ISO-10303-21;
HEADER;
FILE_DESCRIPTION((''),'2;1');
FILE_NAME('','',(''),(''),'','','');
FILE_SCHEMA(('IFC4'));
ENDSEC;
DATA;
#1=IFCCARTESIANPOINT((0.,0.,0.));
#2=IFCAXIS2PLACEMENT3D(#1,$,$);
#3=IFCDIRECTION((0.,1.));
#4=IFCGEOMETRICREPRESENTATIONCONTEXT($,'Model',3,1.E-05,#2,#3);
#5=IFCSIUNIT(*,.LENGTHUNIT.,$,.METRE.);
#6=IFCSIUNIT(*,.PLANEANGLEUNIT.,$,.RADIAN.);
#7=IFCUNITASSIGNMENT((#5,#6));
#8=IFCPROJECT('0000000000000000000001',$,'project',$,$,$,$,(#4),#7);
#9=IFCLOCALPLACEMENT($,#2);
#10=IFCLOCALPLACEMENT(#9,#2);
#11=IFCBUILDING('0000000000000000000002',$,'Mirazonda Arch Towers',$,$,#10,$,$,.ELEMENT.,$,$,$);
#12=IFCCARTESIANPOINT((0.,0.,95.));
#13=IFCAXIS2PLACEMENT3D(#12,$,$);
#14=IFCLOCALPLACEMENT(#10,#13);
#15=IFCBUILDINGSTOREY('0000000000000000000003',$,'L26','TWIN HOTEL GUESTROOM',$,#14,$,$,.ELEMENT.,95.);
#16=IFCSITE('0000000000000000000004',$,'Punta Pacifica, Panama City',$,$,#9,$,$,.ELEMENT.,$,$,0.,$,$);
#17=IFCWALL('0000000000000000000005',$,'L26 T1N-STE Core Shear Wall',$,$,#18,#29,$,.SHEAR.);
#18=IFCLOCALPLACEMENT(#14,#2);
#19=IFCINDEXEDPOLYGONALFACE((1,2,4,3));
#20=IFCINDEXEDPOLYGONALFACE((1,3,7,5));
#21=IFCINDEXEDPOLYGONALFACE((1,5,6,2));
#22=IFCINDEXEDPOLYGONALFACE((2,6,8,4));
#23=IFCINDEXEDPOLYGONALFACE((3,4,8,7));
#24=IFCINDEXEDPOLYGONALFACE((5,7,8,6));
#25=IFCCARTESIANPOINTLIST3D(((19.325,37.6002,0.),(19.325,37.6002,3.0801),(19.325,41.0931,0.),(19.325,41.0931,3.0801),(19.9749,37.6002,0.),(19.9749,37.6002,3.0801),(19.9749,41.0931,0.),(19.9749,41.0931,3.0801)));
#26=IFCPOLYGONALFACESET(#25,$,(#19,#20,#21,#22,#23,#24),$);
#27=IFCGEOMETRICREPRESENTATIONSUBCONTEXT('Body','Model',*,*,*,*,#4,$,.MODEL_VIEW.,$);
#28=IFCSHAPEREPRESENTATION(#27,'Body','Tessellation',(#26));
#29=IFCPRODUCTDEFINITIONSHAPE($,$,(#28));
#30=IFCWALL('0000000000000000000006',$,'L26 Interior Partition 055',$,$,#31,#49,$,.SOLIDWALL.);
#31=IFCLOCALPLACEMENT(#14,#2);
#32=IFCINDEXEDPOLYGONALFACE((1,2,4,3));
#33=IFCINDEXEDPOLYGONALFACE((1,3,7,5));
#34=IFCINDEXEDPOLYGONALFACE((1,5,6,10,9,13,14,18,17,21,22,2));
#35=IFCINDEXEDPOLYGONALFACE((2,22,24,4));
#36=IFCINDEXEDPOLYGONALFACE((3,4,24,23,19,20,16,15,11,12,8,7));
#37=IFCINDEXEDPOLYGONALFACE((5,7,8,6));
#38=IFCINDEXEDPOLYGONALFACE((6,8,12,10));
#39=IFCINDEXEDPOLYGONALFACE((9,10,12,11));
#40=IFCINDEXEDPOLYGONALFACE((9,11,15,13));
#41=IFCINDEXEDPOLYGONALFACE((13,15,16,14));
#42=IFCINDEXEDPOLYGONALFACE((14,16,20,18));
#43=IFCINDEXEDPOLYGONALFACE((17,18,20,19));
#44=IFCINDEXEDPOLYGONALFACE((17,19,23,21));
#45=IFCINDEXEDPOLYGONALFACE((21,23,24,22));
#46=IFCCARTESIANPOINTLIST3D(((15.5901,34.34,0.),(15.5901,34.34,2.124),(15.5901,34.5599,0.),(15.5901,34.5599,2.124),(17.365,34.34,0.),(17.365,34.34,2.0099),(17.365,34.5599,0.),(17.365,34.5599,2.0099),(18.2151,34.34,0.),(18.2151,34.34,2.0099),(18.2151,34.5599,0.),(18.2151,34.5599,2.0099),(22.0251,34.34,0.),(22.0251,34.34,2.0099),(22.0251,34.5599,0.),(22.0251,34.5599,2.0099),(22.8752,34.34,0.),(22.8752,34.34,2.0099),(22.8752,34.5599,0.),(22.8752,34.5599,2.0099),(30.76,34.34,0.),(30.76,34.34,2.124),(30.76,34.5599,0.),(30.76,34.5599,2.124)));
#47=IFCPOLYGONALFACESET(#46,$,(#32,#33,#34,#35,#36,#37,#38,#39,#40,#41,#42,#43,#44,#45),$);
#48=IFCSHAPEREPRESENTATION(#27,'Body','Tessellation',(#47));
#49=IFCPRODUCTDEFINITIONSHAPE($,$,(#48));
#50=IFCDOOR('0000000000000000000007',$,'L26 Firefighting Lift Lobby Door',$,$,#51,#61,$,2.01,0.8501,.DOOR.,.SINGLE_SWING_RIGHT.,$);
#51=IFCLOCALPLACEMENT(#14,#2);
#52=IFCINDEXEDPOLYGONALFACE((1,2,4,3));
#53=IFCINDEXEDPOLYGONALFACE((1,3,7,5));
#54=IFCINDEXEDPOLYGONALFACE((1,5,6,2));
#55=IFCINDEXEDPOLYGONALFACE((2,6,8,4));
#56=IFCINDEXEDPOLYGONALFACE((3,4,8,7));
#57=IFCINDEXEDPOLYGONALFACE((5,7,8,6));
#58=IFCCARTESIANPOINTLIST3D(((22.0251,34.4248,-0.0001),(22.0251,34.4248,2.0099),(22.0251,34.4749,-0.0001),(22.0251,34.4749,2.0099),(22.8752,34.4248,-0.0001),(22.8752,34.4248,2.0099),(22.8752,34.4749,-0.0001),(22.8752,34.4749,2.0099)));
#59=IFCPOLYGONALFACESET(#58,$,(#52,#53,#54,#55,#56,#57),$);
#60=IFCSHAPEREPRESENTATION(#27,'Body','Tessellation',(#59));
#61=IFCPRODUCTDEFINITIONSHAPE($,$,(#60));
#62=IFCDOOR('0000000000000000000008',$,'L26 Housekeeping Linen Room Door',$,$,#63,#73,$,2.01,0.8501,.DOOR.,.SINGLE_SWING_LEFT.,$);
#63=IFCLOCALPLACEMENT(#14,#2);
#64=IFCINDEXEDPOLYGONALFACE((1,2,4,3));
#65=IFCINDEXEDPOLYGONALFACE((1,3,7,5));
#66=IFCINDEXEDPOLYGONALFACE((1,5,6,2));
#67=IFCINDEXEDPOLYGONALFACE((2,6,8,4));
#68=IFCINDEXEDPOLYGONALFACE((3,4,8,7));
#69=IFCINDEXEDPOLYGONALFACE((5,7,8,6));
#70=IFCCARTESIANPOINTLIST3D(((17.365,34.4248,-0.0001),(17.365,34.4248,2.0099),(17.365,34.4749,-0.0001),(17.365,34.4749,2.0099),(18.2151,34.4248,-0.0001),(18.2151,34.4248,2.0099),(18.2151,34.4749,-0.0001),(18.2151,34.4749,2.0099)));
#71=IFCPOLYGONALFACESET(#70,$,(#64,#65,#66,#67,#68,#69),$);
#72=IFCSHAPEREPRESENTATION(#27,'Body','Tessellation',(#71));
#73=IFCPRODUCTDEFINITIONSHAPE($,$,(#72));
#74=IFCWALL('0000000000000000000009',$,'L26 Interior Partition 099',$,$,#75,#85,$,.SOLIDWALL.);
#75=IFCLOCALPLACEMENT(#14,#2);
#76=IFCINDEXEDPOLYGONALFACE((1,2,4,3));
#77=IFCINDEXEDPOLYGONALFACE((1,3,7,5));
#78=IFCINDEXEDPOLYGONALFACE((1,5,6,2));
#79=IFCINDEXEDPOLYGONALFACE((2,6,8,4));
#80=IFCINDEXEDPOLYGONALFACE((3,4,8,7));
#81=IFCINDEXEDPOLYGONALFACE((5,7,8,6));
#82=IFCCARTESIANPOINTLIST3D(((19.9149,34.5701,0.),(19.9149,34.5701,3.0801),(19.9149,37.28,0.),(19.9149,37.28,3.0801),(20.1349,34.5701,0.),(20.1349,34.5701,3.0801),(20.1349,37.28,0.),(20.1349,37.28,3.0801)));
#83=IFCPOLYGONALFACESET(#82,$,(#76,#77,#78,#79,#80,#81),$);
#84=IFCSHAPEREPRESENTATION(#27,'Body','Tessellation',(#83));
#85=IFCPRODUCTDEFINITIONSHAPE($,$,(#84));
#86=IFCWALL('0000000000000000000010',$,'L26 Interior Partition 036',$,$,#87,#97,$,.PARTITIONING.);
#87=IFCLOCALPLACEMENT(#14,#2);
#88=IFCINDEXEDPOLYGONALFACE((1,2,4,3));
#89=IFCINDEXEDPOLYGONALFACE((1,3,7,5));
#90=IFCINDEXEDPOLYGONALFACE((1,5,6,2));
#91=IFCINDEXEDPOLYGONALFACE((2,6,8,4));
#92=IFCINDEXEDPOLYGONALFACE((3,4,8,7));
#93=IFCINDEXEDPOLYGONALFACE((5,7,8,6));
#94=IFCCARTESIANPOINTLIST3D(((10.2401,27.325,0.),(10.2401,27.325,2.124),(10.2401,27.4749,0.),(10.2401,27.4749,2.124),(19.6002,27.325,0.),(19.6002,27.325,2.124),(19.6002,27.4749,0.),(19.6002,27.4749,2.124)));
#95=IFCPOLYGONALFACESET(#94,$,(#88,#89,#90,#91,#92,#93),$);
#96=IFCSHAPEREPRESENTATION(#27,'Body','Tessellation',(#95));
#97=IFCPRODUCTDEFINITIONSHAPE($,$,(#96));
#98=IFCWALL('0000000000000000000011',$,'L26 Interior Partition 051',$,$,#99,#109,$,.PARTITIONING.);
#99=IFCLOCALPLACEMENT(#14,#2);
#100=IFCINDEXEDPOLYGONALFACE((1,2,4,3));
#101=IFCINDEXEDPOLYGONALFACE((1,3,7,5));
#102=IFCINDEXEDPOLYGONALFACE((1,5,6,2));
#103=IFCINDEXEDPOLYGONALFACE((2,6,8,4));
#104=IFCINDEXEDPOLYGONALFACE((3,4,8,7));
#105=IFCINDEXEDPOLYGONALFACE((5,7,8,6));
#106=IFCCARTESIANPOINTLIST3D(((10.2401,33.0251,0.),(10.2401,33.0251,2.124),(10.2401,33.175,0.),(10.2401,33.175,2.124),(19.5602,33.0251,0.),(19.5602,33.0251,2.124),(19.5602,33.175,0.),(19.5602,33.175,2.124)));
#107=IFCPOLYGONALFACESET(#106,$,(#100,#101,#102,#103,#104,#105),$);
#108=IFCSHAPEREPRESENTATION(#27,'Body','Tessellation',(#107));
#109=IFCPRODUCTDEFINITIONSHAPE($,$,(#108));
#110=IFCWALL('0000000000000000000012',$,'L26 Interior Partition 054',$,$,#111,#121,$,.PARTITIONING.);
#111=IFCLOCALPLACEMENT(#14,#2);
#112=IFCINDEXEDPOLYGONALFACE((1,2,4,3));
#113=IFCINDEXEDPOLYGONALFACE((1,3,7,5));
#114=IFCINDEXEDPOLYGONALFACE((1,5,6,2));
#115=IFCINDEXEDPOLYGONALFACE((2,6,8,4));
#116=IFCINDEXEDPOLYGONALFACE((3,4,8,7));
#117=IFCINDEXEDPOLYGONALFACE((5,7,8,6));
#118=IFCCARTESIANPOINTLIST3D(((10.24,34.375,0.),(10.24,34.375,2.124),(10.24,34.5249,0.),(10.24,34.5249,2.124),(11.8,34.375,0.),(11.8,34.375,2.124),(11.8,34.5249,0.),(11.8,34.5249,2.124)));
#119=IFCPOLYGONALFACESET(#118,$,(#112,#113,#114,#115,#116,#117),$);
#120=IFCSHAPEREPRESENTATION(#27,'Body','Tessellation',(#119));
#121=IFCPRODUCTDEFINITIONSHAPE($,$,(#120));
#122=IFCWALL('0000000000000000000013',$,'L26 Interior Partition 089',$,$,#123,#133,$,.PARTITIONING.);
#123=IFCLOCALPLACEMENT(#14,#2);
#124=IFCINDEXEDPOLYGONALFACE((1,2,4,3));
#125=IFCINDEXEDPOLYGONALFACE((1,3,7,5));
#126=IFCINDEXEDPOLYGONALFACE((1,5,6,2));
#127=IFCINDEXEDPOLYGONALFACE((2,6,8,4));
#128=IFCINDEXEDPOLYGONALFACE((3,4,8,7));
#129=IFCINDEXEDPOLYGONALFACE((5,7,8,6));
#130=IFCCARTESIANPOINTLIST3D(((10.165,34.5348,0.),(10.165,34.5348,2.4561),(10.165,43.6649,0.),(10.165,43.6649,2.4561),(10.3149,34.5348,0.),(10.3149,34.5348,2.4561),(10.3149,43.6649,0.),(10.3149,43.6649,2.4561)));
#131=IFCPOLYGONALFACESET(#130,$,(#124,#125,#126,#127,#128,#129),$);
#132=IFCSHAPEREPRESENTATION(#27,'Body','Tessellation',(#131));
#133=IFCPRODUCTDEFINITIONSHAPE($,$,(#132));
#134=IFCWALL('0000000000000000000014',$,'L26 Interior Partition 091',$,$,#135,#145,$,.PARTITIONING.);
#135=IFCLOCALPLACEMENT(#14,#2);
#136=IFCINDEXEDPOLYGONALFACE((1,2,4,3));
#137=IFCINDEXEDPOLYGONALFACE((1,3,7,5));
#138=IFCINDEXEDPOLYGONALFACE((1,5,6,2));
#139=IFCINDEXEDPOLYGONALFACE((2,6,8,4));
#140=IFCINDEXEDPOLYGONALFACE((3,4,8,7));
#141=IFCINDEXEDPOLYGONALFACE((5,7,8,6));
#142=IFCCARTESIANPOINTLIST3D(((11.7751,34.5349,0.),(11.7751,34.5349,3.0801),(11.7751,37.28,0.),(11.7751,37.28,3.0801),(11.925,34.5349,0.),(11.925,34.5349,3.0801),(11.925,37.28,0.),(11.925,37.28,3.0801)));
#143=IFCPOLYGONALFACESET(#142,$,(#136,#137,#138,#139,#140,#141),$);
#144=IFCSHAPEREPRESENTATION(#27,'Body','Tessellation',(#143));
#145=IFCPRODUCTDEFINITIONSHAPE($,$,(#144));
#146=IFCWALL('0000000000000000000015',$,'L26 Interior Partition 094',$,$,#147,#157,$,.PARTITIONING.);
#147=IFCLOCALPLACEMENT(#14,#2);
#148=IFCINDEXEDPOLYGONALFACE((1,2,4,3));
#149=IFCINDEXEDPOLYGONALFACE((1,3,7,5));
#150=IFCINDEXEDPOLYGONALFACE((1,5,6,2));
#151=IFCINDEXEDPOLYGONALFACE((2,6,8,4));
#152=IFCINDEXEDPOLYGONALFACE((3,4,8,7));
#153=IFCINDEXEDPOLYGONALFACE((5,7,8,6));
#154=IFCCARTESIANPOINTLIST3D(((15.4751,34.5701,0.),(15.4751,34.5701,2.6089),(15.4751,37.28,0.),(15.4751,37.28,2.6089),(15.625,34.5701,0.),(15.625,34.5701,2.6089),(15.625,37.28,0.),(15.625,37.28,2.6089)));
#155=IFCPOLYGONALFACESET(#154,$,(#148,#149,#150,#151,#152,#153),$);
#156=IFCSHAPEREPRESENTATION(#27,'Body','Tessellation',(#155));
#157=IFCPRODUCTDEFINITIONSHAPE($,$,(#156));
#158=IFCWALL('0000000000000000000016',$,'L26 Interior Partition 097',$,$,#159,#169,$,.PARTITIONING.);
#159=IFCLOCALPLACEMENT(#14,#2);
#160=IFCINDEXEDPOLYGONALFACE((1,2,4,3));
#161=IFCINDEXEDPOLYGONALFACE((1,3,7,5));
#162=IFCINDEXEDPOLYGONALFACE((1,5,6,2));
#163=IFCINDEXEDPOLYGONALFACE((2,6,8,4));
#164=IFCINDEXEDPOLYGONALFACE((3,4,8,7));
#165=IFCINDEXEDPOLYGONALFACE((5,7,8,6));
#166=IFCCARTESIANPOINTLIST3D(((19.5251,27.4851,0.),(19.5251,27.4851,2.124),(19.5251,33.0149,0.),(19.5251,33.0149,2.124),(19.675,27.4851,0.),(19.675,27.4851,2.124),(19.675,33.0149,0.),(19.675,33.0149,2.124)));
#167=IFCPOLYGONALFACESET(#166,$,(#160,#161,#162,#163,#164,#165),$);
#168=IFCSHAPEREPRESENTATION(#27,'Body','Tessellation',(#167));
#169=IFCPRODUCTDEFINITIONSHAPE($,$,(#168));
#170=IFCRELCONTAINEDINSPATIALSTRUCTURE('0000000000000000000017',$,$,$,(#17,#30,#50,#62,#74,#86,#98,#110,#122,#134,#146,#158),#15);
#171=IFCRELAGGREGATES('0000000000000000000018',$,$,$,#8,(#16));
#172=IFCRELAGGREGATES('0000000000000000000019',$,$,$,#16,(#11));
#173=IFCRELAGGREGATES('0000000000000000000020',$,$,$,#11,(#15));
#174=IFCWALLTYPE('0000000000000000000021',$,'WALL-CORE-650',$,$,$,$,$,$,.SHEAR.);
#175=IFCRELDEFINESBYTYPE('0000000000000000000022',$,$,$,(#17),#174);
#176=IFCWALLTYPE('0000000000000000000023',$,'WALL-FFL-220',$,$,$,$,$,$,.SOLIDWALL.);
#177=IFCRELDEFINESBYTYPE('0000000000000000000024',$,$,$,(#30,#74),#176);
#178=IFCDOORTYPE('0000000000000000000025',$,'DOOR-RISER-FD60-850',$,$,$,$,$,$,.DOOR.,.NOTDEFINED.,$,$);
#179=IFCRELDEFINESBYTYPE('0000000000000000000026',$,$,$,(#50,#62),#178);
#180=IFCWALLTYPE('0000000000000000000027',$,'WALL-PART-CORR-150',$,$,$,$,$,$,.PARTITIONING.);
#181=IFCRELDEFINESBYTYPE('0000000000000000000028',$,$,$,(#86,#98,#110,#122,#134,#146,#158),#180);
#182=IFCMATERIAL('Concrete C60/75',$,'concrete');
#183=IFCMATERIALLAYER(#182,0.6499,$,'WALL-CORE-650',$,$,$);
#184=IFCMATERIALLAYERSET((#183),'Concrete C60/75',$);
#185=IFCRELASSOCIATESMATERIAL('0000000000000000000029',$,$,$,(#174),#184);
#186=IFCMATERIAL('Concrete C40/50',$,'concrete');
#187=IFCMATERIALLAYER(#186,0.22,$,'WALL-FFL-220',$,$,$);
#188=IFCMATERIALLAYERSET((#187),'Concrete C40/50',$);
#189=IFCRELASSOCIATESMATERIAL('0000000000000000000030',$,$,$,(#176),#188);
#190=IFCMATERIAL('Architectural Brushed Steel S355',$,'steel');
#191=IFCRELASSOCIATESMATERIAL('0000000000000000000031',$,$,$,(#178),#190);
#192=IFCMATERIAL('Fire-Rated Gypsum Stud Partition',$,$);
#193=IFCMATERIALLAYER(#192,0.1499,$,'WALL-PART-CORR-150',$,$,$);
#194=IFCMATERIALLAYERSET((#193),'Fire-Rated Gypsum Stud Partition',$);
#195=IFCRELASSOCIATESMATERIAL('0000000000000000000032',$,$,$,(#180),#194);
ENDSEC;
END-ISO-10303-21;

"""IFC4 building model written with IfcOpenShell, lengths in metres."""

from ifc_helpers import new_model, si_unit, direction, frame, frame_2d, origin, place, context, subcontext, project, spatial, rectangle, extrude, material, layer, layer_set, type_object, element, fill, save


model = new_model("IFC4")

# Units and contexts
model_context = context("Model", 3, precision=1e-05, world=origin(), true_north=direction((0.0, 1.0)))
body_context = subcontext(model_context, "Body", "Model", "MODEL_VIEW")
ifc_project = project(units=[si_unit("LENGTHUNIT", "METRE"), si_unit("PLANEANGLEUNIT", "RADIAN")], contexts=[model_context])

# Site, building, storey
site_placement = place(None, origin())
site = spatial("IfcSite", under=ifc_project, at=site_placement, Name="Punta Pacifica, Panama City", CompositionType="ELEMENT", RefElevation=0.0)
building_placement = place(site_placement, origin())
building = spatial("IfcBuilding", under=site, at=building_placement, Name="Mirazonda Arch Towers", CompositionType="ELEMENT")
storey_placement = place(building_placement, frame((0.0, 0.0, 95.0)))
storey = spatial("IfcBuildingStorey", under=building, at=storey_placement, Name="L26", Description="TWIN HOTEL GUESTROOM", CompositionType="ELEMENT", Elevation=95.0)

# Shared definitions
ifc_material_1 = material(Name="Concrete C60/75", Category="concrete")
ifc_layer_1 = layer(ifc_material_1, 0.6499, Name="WALL-CORE-650")
ifc_layer_set_1 = layer_set([ifc_layer_1], Name="Concrete C60/75")
wall_type_1 = type_object("IfcWallType", Name="WALL-CORE-650", PredefinedType="SHEAR", material=ifc_layer_set_1)

# Shared definitions
ifc_material_2 = material(Name="Architectural Brushed Steel S355", Category="steel")

# Wall
wall_1_placement = place(storey_placement, frame((19.6499, 37.6001, 0.0), z_axis=(0.0, 0.0, 1.0), x_axis=(0.0, 1.0, 0.0)))
element("IfcWall", 1, at=wall_1_placement, inside=storey, type_object=wall_type_1, Name="L26 T1N-STE Core Shear Wall", PredefinedType="SHEAR", context=body_context, shape_type="SweptSolid", body=[
    extrude(rectangle(XDim=3.4929, YDim=0.6499, at=frame_2d((1.7466, 0.0))), origin(), (0.0, 0.0, 1.0), 3.0801),
])

# Wall, openings, doors
ifc_material_3 = material(Name="Concrete C40/50", Category="concrete")
ifc_layer_2 = layer(ifc_material_3, 0.22, Name="WALL-FFL-220")
ifc_layer_set_2 = layer_set([ifc_layer_2], Name="Concrete C40/50")
wall_type_2 = type_object("IfcWallType", Name="WALL-FFL-220", PredefinedType="SOLIDWALL", material=ifc_layer_set_2)
wall_2_placement = place(storey_placement, frame((15.5901, 34.45, 0.0), z_axis=(0.0, 0.0, 1.0), x_axis=(1.0, 0.0, 0.0)))
wall_2 = element("IfcWall", 2, at=wall_2_placement, inside=storey, type_object=wall_type_2, Name="L26 Interior Partition 055", PredefinedType="SOLIDWALL", context=body_context, shape_type="SweptSolid", body=[
    extrude(rectangle(XDim=15.1699, YDim=0.22, at=frame_2d((7.585, 0.0))), origin(), (0.0, 0.0, 1.0), 2.124),
])
opening_1_placement = place(wall_2_placement, frame((6.4351, 0.0, 0.0)))
opening_1 = element("IfcOpeningElement", 3, at=opening_1_placement, cuts=wall_2, PredefinedType="OPENING", context=body_context, shape_type="SweptSolid", body=[
    extrude(rectangle(XDim=0.8501, YDim=2.01, at=frame_2d((0.425, 1.0049))), frame((0.0, 0.1199, 0.0), z_axis=(0.0, -1.0, 0.0), x_axis=(1.0, 0.0, 0.0)), (0.0, 0.0, 1.0), 0.24),
])
opening_2_placement = place(wall_2_placement, frame((1.7749, 0.0, 0.0)))
opening_2 = element("IfcOpeningElement", 4, at=opening_2_placement, cuts=wall_2, PredefinedType="OPENING", context=body_context, shape_type="SweptSolid", body=[
    extrude(rectangle(XDim=0.8501, YDim=2.01, at=frame_2d((0.425, 1.0049))), frame((0.0, 0.1199, 0.0), z_axis=(0.0, -1.0, 0.0), x_axis=(1.0, 0.0, 0.0)), (0.0, 0.0, 1.0), 0.24),
])
door_type_1 = type_object("IfcDoorType", Name="DOOR-RISER-FD60-850", OperationType="NOTDEFINED", PredefinedType="DOOR", material=ifc_material_2)
door_1_placement = place(opening_1_placement, origin())
door_1 = element("IfcDoor", 5, at=door_1_placement, inside=storey, type_object=door_type_1, Name="L26 Firefighting Lift Lobby Door", OperationType="SINGLE_SWING_RIGHT", OverallHeight=2.01, OverallWidth=0.8501, PredefinedType="DOOR", context=body_context, shape_type="SweptSolid", body=[
    extrude(rectangle(XDim=0.8501, YDim=2.01, at=frame_2d((0.425, 1.0049))), frame((0.0, 0.0249, 0.0), z_axis=(0.0, -1.0, 0.0), x_axis=(1.0, 0.0, 0.0)), (0.0, 0.0, 1.0), 0.05),
])
fill(opening_1, door_1)
door_2_placement = place(opening_2_placement, origin())
door_2 = element("IfcDoor", 6, at=door_2_placement, inside=storey, type_object=door_type_1, Name="L26 Housekeeping Linen Room Door", OperationType="SINGLE_SWING_LEFT", OverallHeight=2.01, OverallWidth=0.8501, PredefinedType="DOOR", context=body_context, shape_type="SweptSolid", body=[
    extrude(rectangle(XDim=0.8501, YDim=2.01, at=frame_2d((0.425, 1.0049))), frame((0.0, 0.0249, 0.0), z_axis=(0.0, -1.0, 0.0), x_axis=(1.0, 0.0, 0.0)), (0.0, 0.0, 1.0), 0.05),
])
fill(opening_2, door_2)

# Walls
wall_3_placement = place(storey_placement, frame((20.0249, 34.5701, 0.0), z_axis=(0.0, 0.0, 1.0), x_axis=(0.0, 1.0, 0.0)))
element("IfcWall", 7, at=wall_3_placement, inside=storey, type_object=wall_type_2, Name="L26 Interior Partition 099", PredefinedType="SOLIDWALL", context=body_context, shape_type="SweptSolid", body=[
    extrude(rectangle(XDim=2.71, YDim=0.22, at=frame_2d((1.355, 0.0))), origin(), (0.0, 0.0, 1.0), 3.0801),
])
ifc_material_4 = material(Name="Fire-Rated Gypsum Stud Partition")
ifc_layer_3 = layer(ifc_material_4, 0.1499, Name="WALL-PART-CORR-150")
ifc_layer_set_3 = layer_set([ifc_layer_3], Name="Fire-Rated Gypsum Stud Partition")
wall_type_3 = type_object("IfcWallType", Name="WALL-PART-CORR-150", PredefinedType="PARTITIONING", material=ifc_layer_set_3)
wall_4_placement = place(storey_placement, frame((10.24, 27.3999, 0.0), z_axis=(0.0, 0.0, 1.0), x_axis=(1.0, 0.0, 0.0)))
element("IfcWall", 8, at=wall_4_placement, inside=storey, type_object=wall_type_3, Name="L26 Interior Partition 036", PredefinedType="PARTITIONING", context=body_context, shape_type="SweptSolid", body=[
    extrude(rectangle(XDim=9.3601, YDim=0.1499, at=frame_2d((4.6802, 0.0))), origin(), (0.0, 0.0, 1.0), 2.124),
])
wall_5_placement = place(storey_placement, frame((10.24, 33.1001, 0.0), z_axis=(0.0, 0.0, 1.0), x_axis=(1.0, 0.0, 0.0)))
element("IfcWall", 9, at=wall_5_placement, inside=storey, type_object=wall_type_3, Name="L26 Interior Partition 051", PredefinedType="PARTITIONING", context=body_context, shape_type="SweptSolid", body=[
    extrude(rectangle(XDim=9.3201, YDim=0.1499, at=frame_2d((4.6602, 0.0))), origin(), (0.0, 0.0, 1.0), 2.124),
])
wall_6_placement = place(storey_placement, frame((10.24, 34.45, 0.0), z_axis=(0.0, 0.0, 1.0), x_axis=(1.0, 0.0, 0.0)))
element("IfcWall", 10, at=wall_6_placement, inside=storey, type_object=wall_type_3, Name="L26 Interior Partition 054", PredefinedType="PARTITIONING", context=body_context, shape_type="SweptSolid", body=[
    extrude(rectangle(XDim=1.5601, YDim=0.1499, at=frame_2d((0.78, 0.0))), origin(), (0.0, 0.0, 1.0), 2.124),
])

# Walls
wall_7_placement = place(storey_placement, frame((10.24, 34.5349, 0.0), z_axis=(0.0, 0.0, 1.0), x_axis=(0.0, 1.0, 0.0)))
element("IfcWall", 11, at=wall_7_placement, inside=storey, type_object=wall_type_3, Name="L26 Interior Partition 089", PredefinedType="PARTITIONING", context=body_context, shape_type="SweptSolid", body=[
    extrude(rectangle(XDim=9.1301, YDim=0.1499, at=frame_2d((4.5649, 0.0))), origin(), (0.0, 0.0, 1.0), 2.4561),
])
wall_8_placement = place(storey_placement, frame((11.8501, 34.5349, 0.0), z_axis=(0.0, 0.0, 1.0), x_axis=(0.0, 1.0, 0.0)))
element("IfcWall", 12, at=wall_8_placement, inside=storey, type_object=wall_type_3, Name="L26 Interior Partition 091", PredefinedType="PARTITIONING", context=body_context, shape_type="SweptSolid", body=[
    extrude(rectangle(XDim=2.7451, YDim=0.1499, at=frame_2d((1.3726, 0.0))), origin(), (0.0, 0.0, 1.0), 3.0801),
])
wall_9_placement = place(storey_placement, frame((15.55, 34.5701, 0.0), z_axis=(0.0, 0.0, 1.0), x_axis=(0.0, 1.0, 0.0)))
element("IfcWall", 13, at=wall_9_placement, inside=storey, type_object=wall_type_3, Name="L26 Interior Partition 094", PredefinedType="PARTITIONING", context=body_context, shape_type="SweptSolid", body=[
    extrude(rectangle(XDim=2.71, YDim=0.1499, at=frame_2d((1.355, 0.0))), origin(), (0.0, 0.0, 1.0), 2.6089),
])
wall_10_placement = place(storey_placement, frame((19.6001, 27.4851, 0.0), z_axis=(0.0, 0.0, 1.0), x_axis=(0.0, 1.0, 0.0)))
element("IfcWall", 14, at=wall_10_placement, inside=storey, type_object=wall_type_3, Name="L26 Interior Partition 097", PredefinedType="PARTITIONING", context=body_context, shape_type="SweptSolid", body=[
    extrude(rectangle(XDim=5.5298, YDim=0.1499, at=frame_2d((2.7649, 0.0))), origin(), (0.0, 0.0, 1.0), 2.124),
])

save(model, "model.ifc")
